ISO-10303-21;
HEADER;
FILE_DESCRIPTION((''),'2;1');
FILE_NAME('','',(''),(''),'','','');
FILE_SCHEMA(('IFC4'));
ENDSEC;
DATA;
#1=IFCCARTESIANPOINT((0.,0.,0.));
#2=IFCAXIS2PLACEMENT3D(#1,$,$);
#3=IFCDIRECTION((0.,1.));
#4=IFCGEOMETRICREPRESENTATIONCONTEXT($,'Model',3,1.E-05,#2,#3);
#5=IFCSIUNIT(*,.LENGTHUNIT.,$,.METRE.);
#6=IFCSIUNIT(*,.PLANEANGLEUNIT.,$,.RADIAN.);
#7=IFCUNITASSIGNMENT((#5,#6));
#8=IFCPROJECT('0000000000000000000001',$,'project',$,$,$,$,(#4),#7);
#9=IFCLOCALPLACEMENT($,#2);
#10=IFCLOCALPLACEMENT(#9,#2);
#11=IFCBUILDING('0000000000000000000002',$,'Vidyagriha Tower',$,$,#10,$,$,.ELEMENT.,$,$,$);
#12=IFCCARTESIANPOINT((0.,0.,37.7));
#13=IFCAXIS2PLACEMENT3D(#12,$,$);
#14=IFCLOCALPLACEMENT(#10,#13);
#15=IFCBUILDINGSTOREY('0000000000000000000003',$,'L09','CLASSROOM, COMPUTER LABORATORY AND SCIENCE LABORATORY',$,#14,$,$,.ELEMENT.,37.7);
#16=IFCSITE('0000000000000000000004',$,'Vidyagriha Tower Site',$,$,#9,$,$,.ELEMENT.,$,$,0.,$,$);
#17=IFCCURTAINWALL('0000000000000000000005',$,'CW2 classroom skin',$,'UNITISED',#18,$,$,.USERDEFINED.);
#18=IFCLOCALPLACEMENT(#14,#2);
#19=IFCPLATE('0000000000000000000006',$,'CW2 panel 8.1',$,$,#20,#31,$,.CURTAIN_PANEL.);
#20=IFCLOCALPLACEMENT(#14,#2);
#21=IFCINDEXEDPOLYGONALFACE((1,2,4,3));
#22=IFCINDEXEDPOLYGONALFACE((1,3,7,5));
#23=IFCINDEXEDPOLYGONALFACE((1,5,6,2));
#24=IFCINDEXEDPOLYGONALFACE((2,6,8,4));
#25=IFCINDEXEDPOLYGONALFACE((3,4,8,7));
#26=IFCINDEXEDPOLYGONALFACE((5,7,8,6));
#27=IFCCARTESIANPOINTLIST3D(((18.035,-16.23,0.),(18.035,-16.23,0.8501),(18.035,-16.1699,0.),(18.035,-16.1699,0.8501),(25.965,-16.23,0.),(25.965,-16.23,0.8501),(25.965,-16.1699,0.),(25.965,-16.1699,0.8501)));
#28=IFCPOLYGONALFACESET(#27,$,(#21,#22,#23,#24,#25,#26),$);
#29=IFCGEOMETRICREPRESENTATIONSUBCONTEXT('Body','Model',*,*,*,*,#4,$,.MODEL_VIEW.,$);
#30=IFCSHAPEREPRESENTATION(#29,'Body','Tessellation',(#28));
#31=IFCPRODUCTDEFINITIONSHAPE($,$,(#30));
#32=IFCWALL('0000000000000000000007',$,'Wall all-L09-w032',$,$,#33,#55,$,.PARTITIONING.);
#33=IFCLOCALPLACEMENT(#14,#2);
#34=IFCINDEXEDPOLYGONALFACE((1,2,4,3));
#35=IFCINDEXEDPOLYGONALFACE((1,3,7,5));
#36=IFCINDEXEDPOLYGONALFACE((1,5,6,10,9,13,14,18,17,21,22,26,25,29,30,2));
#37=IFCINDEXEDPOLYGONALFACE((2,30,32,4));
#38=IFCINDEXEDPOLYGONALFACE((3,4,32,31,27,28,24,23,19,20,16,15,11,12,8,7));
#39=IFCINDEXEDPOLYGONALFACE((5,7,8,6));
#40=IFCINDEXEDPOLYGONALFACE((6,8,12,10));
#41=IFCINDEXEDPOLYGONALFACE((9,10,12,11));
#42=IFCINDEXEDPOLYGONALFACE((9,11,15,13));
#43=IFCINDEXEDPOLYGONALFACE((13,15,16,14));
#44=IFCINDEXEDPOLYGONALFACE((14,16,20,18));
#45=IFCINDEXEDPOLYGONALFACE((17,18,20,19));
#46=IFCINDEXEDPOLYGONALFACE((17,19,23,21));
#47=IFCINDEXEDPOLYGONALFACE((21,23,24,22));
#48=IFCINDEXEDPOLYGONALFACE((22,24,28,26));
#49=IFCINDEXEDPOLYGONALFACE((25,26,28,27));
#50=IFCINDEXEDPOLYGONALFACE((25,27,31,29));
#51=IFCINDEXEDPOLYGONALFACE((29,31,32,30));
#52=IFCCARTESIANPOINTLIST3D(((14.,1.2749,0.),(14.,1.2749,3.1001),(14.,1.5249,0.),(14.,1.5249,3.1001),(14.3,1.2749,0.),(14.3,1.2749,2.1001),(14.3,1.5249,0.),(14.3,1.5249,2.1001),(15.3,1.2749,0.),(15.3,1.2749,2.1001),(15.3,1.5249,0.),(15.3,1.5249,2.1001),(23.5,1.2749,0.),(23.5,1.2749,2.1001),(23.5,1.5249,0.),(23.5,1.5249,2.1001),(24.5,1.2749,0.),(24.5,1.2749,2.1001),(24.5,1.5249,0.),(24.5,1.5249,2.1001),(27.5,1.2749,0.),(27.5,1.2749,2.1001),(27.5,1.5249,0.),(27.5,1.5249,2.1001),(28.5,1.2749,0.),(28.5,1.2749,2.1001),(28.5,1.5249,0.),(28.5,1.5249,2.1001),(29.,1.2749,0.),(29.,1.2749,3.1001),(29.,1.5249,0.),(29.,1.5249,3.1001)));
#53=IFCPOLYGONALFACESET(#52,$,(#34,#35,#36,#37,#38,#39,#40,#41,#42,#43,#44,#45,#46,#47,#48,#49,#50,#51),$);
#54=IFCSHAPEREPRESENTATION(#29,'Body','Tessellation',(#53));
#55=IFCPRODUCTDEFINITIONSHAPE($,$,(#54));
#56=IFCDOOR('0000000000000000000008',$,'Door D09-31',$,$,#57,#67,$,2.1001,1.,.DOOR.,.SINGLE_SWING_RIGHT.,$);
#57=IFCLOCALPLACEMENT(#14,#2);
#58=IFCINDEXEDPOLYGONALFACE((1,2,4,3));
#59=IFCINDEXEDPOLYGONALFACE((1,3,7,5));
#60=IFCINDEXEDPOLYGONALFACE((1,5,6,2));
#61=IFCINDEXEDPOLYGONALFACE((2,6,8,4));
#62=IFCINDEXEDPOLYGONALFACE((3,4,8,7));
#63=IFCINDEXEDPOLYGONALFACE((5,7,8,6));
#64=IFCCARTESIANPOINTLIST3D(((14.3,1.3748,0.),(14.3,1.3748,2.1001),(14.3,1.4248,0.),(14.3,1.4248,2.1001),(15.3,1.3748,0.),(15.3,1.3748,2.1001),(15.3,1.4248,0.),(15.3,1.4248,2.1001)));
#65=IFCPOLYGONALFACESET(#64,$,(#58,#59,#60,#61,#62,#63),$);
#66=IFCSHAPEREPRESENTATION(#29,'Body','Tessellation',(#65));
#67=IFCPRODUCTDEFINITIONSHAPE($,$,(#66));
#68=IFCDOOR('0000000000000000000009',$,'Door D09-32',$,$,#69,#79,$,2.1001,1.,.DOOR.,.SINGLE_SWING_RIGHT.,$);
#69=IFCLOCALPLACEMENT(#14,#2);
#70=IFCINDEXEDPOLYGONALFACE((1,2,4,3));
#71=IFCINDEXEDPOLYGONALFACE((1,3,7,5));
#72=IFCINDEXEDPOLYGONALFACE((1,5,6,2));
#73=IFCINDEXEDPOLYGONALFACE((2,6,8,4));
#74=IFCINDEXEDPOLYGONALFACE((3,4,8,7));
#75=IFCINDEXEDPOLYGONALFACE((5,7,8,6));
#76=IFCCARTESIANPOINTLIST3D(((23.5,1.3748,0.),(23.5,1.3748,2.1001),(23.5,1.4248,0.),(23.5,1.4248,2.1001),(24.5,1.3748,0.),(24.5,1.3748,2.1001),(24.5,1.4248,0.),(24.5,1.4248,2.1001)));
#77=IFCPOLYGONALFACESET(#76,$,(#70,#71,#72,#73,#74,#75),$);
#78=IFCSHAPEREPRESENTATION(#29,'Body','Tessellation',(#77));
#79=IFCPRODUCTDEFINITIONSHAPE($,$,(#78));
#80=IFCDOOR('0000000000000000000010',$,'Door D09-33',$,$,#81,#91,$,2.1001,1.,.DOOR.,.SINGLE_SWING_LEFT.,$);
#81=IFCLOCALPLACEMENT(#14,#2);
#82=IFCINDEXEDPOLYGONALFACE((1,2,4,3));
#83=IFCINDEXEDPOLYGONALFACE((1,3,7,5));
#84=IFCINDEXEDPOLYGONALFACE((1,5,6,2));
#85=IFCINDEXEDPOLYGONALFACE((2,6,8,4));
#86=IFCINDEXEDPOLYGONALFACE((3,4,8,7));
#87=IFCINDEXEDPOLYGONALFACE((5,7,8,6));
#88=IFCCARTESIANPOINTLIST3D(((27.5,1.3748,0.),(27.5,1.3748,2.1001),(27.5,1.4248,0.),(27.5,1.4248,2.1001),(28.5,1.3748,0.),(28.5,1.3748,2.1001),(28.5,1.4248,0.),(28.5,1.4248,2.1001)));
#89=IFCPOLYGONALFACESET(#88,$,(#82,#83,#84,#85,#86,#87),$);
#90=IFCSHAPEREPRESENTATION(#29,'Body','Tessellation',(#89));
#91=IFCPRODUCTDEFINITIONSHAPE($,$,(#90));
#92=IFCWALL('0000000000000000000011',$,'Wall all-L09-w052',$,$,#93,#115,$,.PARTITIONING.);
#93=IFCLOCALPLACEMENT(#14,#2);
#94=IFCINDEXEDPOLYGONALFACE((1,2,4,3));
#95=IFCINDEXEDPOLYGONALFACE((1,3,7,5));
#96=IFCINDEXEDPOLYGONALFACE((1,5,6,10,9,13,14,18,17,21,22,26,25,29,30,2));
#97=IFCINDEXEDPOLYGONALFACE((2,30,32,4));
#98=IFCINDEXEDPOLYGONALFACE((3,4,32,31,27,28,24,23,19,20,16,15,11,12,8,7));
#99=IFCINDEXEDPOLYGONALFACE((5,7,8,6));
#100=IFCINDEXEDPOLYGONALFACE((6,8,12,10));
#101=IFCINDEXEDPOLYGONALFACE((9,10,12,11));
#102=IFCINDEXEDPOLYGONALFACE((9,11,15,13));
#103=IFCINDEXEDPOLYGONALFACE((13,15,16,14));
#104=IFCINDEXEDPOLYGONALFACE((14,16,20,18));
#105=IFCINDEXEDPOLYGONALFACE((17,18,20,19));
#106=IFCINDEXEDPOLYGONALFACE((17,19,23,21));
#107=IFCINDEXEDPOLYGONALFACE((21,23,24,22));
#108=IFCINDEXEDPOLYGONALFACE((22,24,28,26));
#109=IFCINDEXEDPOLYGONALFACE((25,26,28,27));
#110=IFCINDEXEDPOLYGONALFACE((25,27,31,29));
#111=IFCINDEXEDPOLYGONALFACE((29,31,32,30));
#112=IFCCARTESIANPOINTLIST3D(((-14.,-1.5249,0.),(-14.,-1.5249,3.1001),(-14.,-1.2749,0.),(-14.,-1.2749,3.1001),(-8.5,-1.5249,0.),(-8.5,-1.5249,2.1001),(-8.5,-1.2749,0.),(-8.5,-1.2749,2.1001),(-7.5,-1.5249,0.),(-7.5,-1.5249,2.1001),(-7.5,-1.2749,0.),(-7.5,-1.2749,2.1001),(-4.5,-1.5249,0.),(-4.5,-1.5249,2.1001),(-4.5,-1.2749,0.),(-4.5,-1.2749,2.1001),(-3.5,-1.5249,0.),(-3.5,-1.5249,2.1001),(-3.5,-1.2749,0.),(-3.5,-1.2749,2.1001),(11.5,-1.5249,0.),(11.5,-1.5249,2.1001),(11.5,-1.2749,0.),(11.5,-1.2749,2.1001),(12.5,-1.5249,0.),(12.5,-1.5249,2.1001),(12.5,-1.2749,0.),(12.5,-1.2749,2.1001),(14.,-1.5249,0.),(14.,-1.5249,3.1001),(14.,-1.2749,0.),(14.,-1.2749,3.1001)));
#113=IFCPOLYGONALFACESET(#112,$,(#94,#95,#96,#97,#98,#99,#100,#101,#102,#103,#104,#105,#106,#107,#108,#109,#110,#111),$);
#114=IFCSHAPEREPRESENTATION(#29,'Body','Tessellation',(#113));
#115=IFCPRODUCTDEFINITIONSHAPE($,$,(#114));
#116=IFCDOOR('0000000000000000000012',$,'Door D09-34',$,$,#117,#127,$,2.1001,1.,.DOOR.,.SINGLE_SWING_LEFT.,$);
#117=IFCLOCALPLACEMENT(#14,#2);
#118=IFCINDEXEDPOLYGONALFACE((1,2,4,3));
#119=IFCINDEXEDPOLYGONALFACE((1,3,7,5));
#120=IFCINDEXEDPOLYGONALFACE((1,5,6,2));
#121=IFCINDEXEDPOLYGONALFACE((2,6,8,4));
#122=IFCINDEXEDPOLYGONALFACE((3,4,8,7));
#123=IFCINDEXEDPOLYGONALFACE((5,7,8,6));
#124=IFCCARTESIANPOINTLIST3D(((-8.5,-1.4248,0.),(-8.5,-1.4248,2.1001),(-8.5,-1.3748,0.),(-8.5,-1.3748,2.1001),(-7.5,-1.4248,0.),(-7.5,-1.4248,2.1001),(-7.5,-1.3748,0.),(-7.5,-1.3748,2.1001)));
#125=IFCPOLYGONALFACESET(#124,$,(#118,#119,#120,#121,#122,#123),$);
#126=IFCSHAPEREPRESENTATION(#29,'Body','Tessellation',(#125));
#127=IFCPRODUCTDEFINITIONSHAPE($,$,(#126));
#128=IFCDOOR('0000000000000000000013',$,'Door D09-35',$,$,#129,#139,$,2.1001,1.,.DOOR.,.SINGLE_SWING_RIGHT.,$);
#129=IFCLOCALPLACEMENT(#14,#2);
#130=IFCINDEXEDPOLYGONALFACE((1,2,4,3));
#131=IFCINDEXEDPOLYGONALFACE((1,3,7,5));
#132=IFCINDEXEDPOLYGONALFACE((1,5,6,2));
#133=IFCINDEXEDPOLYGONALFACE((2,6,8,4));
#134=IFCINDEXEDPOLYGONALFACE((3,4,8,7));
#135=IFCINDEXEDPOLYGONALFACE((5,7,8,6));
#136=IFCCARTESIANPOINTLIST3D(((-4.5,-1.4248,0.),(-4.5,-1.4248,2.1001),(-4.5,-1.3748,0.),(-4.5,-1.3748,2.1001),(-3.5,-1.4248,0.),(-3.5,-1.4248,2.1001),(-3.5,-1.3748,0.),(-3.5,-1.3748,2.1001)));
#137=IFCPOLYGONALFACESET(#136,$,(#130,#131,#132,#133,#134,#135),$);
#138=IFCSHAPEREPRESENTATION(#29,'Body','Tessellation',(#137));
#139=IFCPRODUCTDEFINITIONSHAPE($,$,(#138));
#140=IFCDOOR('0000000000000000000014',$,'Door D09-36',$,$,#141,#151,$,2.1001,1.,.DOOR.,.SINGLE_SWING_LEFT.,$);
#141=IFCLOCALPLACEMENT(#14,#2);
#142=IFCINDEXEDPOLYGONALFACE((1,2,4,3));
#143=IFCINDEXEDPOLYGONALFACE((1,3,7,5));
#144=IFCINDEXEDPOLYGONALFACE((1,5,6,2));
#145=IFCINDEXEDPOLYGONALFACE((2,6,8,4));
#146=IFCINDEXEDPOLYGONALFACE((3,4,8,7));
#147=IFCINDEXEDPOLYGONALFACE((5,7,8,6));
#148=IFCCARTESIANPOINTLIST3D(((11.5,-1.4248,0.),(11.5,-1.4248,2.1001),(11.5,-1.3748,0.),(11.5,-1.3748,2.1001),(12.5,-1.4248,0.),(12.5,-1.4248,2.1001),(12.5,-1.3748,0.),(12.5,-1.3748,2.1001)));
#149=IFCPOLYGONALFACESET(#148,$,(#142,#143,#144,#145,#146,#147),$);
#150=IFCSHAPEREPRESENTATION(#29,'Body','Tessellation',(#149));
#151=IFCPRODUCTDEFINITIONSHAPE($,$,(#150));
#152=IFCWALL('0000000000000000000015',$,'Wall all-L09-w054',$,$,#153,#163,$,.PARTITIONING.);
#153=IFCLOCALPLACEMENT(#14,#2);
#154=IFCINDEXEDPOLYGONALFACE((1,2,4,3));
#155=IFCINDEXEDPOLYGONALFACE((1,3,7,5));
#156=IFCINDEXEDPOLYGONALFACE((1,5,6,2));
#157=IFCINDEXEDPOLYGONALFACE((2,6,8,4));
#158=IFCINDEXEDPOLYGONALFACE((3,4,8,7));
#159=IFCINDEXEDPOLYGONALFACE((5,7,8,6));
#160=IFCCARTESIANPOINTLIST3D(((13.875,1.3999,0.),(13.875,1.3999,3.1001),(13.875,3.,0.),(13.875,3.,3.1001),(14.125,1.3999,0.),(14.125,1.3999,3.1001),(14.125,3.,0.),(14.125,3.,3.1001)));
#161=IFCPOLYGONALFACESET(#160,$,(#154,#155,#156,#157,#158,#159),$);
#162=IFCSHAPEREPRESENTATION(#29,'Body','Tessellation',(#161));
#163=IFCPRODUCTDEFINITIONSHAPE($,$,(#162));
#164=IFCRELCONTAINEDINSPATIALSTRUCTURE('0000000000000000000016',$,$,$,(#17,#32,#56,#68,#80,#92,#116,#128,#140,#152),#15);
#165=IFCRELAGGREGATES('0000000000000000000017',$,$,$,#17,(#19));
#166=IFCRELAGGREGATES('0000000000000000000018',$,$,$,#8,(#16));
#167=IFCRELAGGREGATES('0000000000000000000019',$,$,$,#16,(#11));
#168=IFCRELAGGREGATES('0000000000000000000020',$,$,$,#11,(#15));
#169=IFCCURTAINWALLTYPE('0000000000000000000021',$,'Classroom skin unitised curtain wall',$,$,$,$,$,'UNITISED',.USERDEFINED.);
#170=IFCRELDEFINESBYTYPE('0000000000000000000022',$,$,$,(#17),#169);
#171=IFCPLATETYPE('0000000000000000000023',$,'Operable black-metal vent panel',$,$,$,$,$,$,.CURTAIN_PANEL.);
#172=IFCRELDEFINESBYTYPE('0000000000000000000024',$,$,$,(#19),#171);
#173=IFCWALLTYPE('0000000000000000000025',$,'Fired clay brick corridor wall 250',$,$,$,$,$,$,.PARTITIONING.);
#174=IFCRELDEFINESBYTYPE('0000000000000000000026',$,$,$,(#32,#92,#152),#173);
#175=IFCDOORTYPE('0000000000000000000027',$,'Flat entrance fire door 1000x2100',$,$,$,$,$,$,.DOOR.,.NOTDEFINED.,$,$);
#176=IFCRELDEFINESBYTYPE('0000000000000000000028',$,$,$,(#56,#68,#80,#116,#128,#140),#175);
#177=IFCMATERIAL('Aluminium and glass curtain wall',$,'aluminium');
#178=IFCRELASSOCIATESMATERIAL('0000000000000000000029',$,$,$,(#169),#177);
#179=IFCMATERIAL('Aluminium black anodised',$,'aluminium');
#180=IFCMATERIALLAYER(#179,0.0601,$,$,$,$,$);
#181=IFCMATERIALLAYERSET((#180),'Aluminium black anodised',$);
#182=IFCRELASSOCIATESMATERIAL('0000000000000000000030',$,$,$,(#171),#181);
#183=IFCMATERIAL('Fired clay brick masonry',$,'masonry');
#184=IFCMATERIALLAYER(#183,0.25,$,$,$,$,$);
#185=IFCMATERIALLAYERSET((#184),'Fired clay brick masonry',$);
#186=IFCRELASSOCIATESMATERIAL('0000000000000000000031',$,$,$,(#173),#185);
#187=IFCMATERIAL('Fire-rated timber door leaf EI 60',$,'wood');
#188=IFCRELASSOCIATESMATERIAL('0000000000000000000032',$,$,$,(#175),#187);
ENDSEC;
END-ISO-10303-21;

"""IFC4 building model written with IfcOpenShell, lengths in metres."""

from ifc_helpers import new_model, si_unit, direction, frame, frame_2d, origin, origin_2d, place, context, subcontext, project, spatial, rectangle, extrude, material, layer, layer_set, type_object, element, fill, aggregate, save


model = new_model("IFC4")

# Units and contexts
model_context = context("Model", 3, precision=1e-05, world=origin(), true_north=direction((0.0, 1.0)))
body_context = subcontext(model_context, "Body", "Model", "MODEL_VIEW")
ifc_project = project(units=[si_unit("LENGTHUNIT", "METRE"), si_unit("PLANEANGLEUNIT", "RADIAN")], contexts=[model_context])

# Site, building, storey
site_placement = place(None, origin())
site = spatial("IfcSite", under=ifc_project, at=site_placement, Name="Vidyagriha Tower Site", CompositionType="ELEMENT", RefElevation=0.0)
building_placement = place(site_placement, origin())
building = spatial("IfcBuilding", under=site, at=building_placement, Name="Vidyagriha Tower", CompositionType="ELEMENT")
storey_placement = place(building_placement, frame((0.0, 0.0, 37.7)))
storey = spatial("IfcBuildingStorey", under=building, at=storey_placement, Name="L09", Description="CLASSROOM, COMPUTER LABORATORY AND SCIENCE LABORATORY", CompositionType="ELEMENT", Elevation=37.7)

# Curtain wall, plate
ifc_material_1 = material(Name="Aluminium and glass curtain wall", Category="aluminium")
curtain_wall_type = type_object("IfcCurtainWallType", Name="Classroom skin unitised curtain wall", ElementType="UNITISED", PredefinedType="USERDEFINED", material=ifc_material_1)
curtain_wall_placement = place(storey_placement, origin())
curtain_wall = element("IfcCurtainWall", 1, at=curtain_wall_placement, inside=storey, type_object=curtain_wall_type, Name="CW2 classroom skin", ObjectType="UNITISED", PredefinedType="USERDEFINED")
ifc_material_2 = material(Name="Aluminium black anodised", Category="aluminium")
ifc_layer_1 = layer(ifc_material_2, 0.0601)
ifc_layer_set_1 = layer_set([ifc_layer_1], Name="Aluminium black anodised")
plate_type_1 = type_object("IfcPlateType", Name="Operable black-metal vent panel", PredefinedType="CURTAIN_PANEL", material=ifc_layer_set_1)
plate_1_placement = place(storey_placement, frame((22.0, -16.2, 0.0)))
plate_1 = element("IfcPlate", 2, at=plate_1_placement, type_object=plate_type_1, Name="CW2 panel 8.1", PredefinedType="CURTAIN_PANEL", context=body_context, shape_type="SweptSolid", body=[
    extrude(rectangle(XDim=7.9299, YDim=0.0601, at=origin_2d()), origin(), (0.0, 0.0, 1.0), 0.8501),
])
aggregate(curtain_wall, [plate_1])

# Walls, openings, doors
ifc_material_3 = material(Name="Fired clay brick masonry", Category="masonry")
ifc_layer_2 = layer(ifc_material_3, 0.25)
ifc_layer_set_2 = layer_set([ifc_layer_2], Name="Fired clay brick masonry")
wall_type_1 = type_object("IfcWallType", Name="Fired clay brick corridor wall 250", PredefinedType="PARTITIONING", material=ifc_layer_set_2)
wall_1_placement = place(storey_placement, frame((14.0, 1.3999, 0.0)))
wall_1 = element("IfcWall", 3, at=wall_1_placement, inside=storey, type_object=wall_type_1, Name="Wall all-L09-w032", PredefinedType="PARTITIONING", context=body_context, shape_type="SweptSolid", body=[
    extrude(rectangle(XDim=15.0, YDim=0.25, at=frame_2d((7.5, 0.0))), origin(), (0.0, 0.0, 1.0), 3.1001),
])
opening_1_placement = place(wall_1_placement, frame((0.3, 0.0, 0.0)))
opening_1 = element("IfcOpeningElement", 4, at=opening_1_placement, cuts=wall_1, PredefinedType="OPENING", context=body_context, shape_type="SweptSolid", body=[
    extrude(rectangle(XDim=1.0, YDim=2.1001, at=frame_2d((0.5, 1.05))), frame((0.0, 0.135, 0.0), z_axis=(0.0, -1.0, 0.0), x_axis=(1.0, 0.0, 0.0)), (0.0, 0.0, 1.0), 0.27),
])
opening_2_placement = place(wall_1_placement, frame((9.5, 0.0, 0.0)))
opening_2 = element("IfcOpeningElement", 5, at=opening_2_placement, cuts=wall_1, PredefinedType="OPENING", context=body_context, shape_type="SweptSolid", body=[
    extrude(rectangle(XDim=1.0, YDim=2.1001, at=frame_2d((0.5, 1.05))), frame((0.0, 0.135, 0.0), z_axis=(0.0, -1.0, 0.0), x_axis=(1.0, 0.0, 0.0)), (0.0, 0.0, 1.0), 0.27),
])
opening_3_placement = place(wall_1_placement, frame((13.5, 0.0, 0.0)))
opening_3 = element("IfcOpeningElement", 6, at=opening_3_placement, cuts=wall_1, PredefinedType="OPENING", context=body_context, shape_type="SweptSolid", body=[
    extrude(rectangle(XDim=1.0, YDim=2.1001, at=frame_2d((0.5, 1.05))), frame((0.0, 0.135, 0.0), z_axis=(0.0, -1.0, 0.0), x_axis=(1.0, 0.0, 0.0)), (0.0, 0.0, 1.0), 0.27),
])
ifc_material_4 = material(Name="Fire-rated timber door leaf EI 60", Category="wood")
door_type = type_object("IfcDoorType", Name="Flat entrance fire door 1000x2100", OperationType="NOTDEFINED", PredefinedType="DOOR", material=ifc_material_4)
door_1_placement = place(opening_1_placement, origin())
door_1 = element("IfcDoor", 7, at=door_1_placement, inside=storey, type_object=door_type, Name="Door D09-31", OperationType="SINGLE_SWING_RIGHT", OverallHeight=2.1001, OverallWidth=1.0, PredefinedType="DOOR", context=body_context, shape_type="SweptSolid", body=[
    extrude(rectangle(XDim=1.0, YDim=2.1001, at=frame_2d((0.5, 1.05))), frame((0.0, 0.0249, 0.0), z_axis=(0.0, -1.0, 0.0), x_axis=(1.0, 0.0, 0.0)), (0.0, 0.0, 1.0), 0.05),
])
fill(opening_1, door_1)
door_2_placement = place(opening_2_placement, origin())
door_2 = element("IfcDoor", 8, at=door_2_placement, inside=storey, type_object=door_type, Name="Door D09-32", OperationType="SINGLE_SWING_RIGHT", OverallHeight=2.1001, OverallWidth=1.0, PredefinedType="DOOR", context=body_context, shape_type="SweptSolid", body=[
    extrude(rectangle(XDim=1.0, YDim=2.1001, at=frame_2d((0.5, 1.05))), frame((0.0, 0.0249, 0.0), z_axis=(0.0, -1.0, 0.0), x_axis=(1.0, 0.0, 0.0)), (0.0, 0.0, 1.0), 0.05),
])
fill(opening_2, door_2)
door_3_placement = place(opening_3_placement, origin())
door_3 = element("IfcDoor", 9, at=door_3_placement, inside=storey, type_object=door_type, Name="Door D09-33", OperationType="SINGLE_SWING_LEFT", OverallHeight=2.1001, OverallWidth=1.0, PredefinedType="DOOR", context=body_context, shape_type="SweptSolid", body=[
    extrude(rectangle(XDim=1.0, YDim=2.1001, at=frame_2d((0.5, 1.05))), frame((0.0, 0.0249, 0.0), z_axis=(0.0, -1.0, 0.0), x_axis=(1.0, 0.0, 0.0)), (0.0, 0.0, 1.0), 0.05),
])
fill(opening_3, door_3)
wall_2_placement = place(storey_placement, frame((14.0, -1.3999, 0.0), z_axis=(0.0, 0.0, 1.0), x_axis=(-1.0, 0.0, 0.0)))
wall_2 = element("IfcWall", 10, at=wall_2_placement, inside=storey, type_object=wall_type_1, Name="Wall all-L09-w052", PredefinedType="PARTITIONING", context=body_context, shape_type="SweptSolid", body=[
    extrude(rectangle(XDim=28.0, YDim=0.25, at=frame_2d((14.0, 0.0))), origin(), (0.0, 0.0, 1.0), 3.1001),
])
opening_4_placement = place(wall_2_placement, frame((21.5, 0.0, 0.0)))
opening_4 = element("IfcOpeningElement", 11, at=opening_4_placement, cuts=wall_2, PredefinedType="OPENING", context=body_context, shape_type="SweptSolid", body=[
    extrude(rectangle(XDim=1.0, YDim=2.1001, at=frame_2d((0.5, 1.05))), frame((0.0, 0.135, 0.0), z_axis=(0.0, -1.0, 0.0), x_axis=(1.0, 0.0, 0.0)), (0.0, 0.0, 1.0), 0.27),
])
opening_5_placement = place(wall_2_placement, frame((17.5, 0.0, 0.0)))
opening_5 = element("IfcOpeningElement", 12, at=opening_5_placement, cuts=wall_2, PredefinedType="OPENING", context=body_context, shape_type="SweptSolid", body=[
    extrude(rectangle(XDim=1.0, YDim=2.1001, at=frame_2d((0.5, 1.05))), frame((0.0, 0.135, 0.0), z_axis=(0.0, -1.0, 0.0), x_axis=(1.0, 0.0, 0.0)), (0.0, 0.0, 1.0), 0.27),
])
opening_6_placement = place(wall_2_placement, frame((1.5, 0.0, 0.0)))
opening_6 = element("IfcOpeningElement", 13, at=opening_6_placement, cuts=wall_2, PredefinedType="OPENING", context=body_context, shape_type="SweptSolid", body=[
    extrude(rectangle(XDim=1.0, YDim=2.1001, at=frame_2d((0.5, 1.05))), frame((0.0, 0.135, 0.0), z_axis=(0.0, -1.0, 0.0), x_axis=(1.0, 0.0, 0.0)), (0.0, 0.0, 1.0), 0.27),
])
door_4_placement = place(opening_4_placement, origin())
door_4 = element("IfcDoor", 14, at=door_4_placement, inside=storey, type_object=door_type, Name="Door D09-34", OperationType="SINGLE_SWING_LEFT", OverallHeight=2.1001, OverallWidth=1.0, PredefinedType="DOOR", context=body_context, shape_type="SweptSolid", body=[
    extrude(rectangle(XDim=1.0, YDim=2.1001, at=frame_2d((0.5, 1.05))), frame((0.0, 0.0249, 0.0), z_axis=(0.0, -1.0, 0.0), x_axis=(1.0, 0.0, 0.0)), (0.0, 0.0, 1.0), 0.05),
])
fill(opening_4, door_4)
door_5_placement = place(opening_5_placement, origin())
door_5 = element("IfcDoor", 15, at=door_5_placement, inside=storey, type_object=door_type, Name="Door D09-35", OperationType="SINGLE_SWING_RIGHT", OverallHeight=2.1001, OverallWidth=1.0, PredefinedType="DOOR", context=body_context, shape_type="SweptSolid", body=[
    extrude(rectangle(XDim=1.0, YDim=2.1001, at=frame_2d((0.5, 1.05))), frame((0.0, 0.0249, 0.0), z_axis=(0.0, -1.0, 0.0), x_axis=(1.0, 0.0, 0.0)), (0.0, 0.0, 1.0), 0.05),
])
fill(opening_5, door_5)
door_6_placement = place(opening_6_placement, origin())
door_6 = element("IfcDoor", 16, at=door_6_placement, inside=storey, type_object=door_type, Name="Door D09-36", OperationType="SINGLE_SWING_LEFT", OverallHeight=2.1001, OverallWidth=1.0, PredefinedType="DOOR", context=body_context, shape_type="SweptSolid", body=[
    extrude(rectangle(XDim=1.0, YDim=2.1001, at=frame_2d((0.5, 1.05))), frame((0.0, 0.0249, 0.0), z_axis=(0.0, -1.0, 0.0), x_axis=(1.0, 0.0, 0.0)), (0.0, 0.0, 1.0), 0.05),
])
fill(opening_6, door_6)

# Wall
wall_3_placement = place(storey_placement, frame((14.0, 1.3999, 0.0), z_axis=(0.0, 0.0, 1.0), x_axis=(0.0, 1.0, 0.0)))
element("IfcWall", 17, at=wall_3_placement, inside=storey, type_object=wall_type_1, Name="Wall all-L09-w054", PredefinedType="PARTITIONING", context=body_context, shape_type="SweptSolid", body=[
    extrude(rectangle(XDim=1.6001, YDim=0.25, at=frame_2d((0.8, 0.0))), origin(), (0.0, 0.0, 1.0), 3.1001),
])

save(model, "model.ifc")
